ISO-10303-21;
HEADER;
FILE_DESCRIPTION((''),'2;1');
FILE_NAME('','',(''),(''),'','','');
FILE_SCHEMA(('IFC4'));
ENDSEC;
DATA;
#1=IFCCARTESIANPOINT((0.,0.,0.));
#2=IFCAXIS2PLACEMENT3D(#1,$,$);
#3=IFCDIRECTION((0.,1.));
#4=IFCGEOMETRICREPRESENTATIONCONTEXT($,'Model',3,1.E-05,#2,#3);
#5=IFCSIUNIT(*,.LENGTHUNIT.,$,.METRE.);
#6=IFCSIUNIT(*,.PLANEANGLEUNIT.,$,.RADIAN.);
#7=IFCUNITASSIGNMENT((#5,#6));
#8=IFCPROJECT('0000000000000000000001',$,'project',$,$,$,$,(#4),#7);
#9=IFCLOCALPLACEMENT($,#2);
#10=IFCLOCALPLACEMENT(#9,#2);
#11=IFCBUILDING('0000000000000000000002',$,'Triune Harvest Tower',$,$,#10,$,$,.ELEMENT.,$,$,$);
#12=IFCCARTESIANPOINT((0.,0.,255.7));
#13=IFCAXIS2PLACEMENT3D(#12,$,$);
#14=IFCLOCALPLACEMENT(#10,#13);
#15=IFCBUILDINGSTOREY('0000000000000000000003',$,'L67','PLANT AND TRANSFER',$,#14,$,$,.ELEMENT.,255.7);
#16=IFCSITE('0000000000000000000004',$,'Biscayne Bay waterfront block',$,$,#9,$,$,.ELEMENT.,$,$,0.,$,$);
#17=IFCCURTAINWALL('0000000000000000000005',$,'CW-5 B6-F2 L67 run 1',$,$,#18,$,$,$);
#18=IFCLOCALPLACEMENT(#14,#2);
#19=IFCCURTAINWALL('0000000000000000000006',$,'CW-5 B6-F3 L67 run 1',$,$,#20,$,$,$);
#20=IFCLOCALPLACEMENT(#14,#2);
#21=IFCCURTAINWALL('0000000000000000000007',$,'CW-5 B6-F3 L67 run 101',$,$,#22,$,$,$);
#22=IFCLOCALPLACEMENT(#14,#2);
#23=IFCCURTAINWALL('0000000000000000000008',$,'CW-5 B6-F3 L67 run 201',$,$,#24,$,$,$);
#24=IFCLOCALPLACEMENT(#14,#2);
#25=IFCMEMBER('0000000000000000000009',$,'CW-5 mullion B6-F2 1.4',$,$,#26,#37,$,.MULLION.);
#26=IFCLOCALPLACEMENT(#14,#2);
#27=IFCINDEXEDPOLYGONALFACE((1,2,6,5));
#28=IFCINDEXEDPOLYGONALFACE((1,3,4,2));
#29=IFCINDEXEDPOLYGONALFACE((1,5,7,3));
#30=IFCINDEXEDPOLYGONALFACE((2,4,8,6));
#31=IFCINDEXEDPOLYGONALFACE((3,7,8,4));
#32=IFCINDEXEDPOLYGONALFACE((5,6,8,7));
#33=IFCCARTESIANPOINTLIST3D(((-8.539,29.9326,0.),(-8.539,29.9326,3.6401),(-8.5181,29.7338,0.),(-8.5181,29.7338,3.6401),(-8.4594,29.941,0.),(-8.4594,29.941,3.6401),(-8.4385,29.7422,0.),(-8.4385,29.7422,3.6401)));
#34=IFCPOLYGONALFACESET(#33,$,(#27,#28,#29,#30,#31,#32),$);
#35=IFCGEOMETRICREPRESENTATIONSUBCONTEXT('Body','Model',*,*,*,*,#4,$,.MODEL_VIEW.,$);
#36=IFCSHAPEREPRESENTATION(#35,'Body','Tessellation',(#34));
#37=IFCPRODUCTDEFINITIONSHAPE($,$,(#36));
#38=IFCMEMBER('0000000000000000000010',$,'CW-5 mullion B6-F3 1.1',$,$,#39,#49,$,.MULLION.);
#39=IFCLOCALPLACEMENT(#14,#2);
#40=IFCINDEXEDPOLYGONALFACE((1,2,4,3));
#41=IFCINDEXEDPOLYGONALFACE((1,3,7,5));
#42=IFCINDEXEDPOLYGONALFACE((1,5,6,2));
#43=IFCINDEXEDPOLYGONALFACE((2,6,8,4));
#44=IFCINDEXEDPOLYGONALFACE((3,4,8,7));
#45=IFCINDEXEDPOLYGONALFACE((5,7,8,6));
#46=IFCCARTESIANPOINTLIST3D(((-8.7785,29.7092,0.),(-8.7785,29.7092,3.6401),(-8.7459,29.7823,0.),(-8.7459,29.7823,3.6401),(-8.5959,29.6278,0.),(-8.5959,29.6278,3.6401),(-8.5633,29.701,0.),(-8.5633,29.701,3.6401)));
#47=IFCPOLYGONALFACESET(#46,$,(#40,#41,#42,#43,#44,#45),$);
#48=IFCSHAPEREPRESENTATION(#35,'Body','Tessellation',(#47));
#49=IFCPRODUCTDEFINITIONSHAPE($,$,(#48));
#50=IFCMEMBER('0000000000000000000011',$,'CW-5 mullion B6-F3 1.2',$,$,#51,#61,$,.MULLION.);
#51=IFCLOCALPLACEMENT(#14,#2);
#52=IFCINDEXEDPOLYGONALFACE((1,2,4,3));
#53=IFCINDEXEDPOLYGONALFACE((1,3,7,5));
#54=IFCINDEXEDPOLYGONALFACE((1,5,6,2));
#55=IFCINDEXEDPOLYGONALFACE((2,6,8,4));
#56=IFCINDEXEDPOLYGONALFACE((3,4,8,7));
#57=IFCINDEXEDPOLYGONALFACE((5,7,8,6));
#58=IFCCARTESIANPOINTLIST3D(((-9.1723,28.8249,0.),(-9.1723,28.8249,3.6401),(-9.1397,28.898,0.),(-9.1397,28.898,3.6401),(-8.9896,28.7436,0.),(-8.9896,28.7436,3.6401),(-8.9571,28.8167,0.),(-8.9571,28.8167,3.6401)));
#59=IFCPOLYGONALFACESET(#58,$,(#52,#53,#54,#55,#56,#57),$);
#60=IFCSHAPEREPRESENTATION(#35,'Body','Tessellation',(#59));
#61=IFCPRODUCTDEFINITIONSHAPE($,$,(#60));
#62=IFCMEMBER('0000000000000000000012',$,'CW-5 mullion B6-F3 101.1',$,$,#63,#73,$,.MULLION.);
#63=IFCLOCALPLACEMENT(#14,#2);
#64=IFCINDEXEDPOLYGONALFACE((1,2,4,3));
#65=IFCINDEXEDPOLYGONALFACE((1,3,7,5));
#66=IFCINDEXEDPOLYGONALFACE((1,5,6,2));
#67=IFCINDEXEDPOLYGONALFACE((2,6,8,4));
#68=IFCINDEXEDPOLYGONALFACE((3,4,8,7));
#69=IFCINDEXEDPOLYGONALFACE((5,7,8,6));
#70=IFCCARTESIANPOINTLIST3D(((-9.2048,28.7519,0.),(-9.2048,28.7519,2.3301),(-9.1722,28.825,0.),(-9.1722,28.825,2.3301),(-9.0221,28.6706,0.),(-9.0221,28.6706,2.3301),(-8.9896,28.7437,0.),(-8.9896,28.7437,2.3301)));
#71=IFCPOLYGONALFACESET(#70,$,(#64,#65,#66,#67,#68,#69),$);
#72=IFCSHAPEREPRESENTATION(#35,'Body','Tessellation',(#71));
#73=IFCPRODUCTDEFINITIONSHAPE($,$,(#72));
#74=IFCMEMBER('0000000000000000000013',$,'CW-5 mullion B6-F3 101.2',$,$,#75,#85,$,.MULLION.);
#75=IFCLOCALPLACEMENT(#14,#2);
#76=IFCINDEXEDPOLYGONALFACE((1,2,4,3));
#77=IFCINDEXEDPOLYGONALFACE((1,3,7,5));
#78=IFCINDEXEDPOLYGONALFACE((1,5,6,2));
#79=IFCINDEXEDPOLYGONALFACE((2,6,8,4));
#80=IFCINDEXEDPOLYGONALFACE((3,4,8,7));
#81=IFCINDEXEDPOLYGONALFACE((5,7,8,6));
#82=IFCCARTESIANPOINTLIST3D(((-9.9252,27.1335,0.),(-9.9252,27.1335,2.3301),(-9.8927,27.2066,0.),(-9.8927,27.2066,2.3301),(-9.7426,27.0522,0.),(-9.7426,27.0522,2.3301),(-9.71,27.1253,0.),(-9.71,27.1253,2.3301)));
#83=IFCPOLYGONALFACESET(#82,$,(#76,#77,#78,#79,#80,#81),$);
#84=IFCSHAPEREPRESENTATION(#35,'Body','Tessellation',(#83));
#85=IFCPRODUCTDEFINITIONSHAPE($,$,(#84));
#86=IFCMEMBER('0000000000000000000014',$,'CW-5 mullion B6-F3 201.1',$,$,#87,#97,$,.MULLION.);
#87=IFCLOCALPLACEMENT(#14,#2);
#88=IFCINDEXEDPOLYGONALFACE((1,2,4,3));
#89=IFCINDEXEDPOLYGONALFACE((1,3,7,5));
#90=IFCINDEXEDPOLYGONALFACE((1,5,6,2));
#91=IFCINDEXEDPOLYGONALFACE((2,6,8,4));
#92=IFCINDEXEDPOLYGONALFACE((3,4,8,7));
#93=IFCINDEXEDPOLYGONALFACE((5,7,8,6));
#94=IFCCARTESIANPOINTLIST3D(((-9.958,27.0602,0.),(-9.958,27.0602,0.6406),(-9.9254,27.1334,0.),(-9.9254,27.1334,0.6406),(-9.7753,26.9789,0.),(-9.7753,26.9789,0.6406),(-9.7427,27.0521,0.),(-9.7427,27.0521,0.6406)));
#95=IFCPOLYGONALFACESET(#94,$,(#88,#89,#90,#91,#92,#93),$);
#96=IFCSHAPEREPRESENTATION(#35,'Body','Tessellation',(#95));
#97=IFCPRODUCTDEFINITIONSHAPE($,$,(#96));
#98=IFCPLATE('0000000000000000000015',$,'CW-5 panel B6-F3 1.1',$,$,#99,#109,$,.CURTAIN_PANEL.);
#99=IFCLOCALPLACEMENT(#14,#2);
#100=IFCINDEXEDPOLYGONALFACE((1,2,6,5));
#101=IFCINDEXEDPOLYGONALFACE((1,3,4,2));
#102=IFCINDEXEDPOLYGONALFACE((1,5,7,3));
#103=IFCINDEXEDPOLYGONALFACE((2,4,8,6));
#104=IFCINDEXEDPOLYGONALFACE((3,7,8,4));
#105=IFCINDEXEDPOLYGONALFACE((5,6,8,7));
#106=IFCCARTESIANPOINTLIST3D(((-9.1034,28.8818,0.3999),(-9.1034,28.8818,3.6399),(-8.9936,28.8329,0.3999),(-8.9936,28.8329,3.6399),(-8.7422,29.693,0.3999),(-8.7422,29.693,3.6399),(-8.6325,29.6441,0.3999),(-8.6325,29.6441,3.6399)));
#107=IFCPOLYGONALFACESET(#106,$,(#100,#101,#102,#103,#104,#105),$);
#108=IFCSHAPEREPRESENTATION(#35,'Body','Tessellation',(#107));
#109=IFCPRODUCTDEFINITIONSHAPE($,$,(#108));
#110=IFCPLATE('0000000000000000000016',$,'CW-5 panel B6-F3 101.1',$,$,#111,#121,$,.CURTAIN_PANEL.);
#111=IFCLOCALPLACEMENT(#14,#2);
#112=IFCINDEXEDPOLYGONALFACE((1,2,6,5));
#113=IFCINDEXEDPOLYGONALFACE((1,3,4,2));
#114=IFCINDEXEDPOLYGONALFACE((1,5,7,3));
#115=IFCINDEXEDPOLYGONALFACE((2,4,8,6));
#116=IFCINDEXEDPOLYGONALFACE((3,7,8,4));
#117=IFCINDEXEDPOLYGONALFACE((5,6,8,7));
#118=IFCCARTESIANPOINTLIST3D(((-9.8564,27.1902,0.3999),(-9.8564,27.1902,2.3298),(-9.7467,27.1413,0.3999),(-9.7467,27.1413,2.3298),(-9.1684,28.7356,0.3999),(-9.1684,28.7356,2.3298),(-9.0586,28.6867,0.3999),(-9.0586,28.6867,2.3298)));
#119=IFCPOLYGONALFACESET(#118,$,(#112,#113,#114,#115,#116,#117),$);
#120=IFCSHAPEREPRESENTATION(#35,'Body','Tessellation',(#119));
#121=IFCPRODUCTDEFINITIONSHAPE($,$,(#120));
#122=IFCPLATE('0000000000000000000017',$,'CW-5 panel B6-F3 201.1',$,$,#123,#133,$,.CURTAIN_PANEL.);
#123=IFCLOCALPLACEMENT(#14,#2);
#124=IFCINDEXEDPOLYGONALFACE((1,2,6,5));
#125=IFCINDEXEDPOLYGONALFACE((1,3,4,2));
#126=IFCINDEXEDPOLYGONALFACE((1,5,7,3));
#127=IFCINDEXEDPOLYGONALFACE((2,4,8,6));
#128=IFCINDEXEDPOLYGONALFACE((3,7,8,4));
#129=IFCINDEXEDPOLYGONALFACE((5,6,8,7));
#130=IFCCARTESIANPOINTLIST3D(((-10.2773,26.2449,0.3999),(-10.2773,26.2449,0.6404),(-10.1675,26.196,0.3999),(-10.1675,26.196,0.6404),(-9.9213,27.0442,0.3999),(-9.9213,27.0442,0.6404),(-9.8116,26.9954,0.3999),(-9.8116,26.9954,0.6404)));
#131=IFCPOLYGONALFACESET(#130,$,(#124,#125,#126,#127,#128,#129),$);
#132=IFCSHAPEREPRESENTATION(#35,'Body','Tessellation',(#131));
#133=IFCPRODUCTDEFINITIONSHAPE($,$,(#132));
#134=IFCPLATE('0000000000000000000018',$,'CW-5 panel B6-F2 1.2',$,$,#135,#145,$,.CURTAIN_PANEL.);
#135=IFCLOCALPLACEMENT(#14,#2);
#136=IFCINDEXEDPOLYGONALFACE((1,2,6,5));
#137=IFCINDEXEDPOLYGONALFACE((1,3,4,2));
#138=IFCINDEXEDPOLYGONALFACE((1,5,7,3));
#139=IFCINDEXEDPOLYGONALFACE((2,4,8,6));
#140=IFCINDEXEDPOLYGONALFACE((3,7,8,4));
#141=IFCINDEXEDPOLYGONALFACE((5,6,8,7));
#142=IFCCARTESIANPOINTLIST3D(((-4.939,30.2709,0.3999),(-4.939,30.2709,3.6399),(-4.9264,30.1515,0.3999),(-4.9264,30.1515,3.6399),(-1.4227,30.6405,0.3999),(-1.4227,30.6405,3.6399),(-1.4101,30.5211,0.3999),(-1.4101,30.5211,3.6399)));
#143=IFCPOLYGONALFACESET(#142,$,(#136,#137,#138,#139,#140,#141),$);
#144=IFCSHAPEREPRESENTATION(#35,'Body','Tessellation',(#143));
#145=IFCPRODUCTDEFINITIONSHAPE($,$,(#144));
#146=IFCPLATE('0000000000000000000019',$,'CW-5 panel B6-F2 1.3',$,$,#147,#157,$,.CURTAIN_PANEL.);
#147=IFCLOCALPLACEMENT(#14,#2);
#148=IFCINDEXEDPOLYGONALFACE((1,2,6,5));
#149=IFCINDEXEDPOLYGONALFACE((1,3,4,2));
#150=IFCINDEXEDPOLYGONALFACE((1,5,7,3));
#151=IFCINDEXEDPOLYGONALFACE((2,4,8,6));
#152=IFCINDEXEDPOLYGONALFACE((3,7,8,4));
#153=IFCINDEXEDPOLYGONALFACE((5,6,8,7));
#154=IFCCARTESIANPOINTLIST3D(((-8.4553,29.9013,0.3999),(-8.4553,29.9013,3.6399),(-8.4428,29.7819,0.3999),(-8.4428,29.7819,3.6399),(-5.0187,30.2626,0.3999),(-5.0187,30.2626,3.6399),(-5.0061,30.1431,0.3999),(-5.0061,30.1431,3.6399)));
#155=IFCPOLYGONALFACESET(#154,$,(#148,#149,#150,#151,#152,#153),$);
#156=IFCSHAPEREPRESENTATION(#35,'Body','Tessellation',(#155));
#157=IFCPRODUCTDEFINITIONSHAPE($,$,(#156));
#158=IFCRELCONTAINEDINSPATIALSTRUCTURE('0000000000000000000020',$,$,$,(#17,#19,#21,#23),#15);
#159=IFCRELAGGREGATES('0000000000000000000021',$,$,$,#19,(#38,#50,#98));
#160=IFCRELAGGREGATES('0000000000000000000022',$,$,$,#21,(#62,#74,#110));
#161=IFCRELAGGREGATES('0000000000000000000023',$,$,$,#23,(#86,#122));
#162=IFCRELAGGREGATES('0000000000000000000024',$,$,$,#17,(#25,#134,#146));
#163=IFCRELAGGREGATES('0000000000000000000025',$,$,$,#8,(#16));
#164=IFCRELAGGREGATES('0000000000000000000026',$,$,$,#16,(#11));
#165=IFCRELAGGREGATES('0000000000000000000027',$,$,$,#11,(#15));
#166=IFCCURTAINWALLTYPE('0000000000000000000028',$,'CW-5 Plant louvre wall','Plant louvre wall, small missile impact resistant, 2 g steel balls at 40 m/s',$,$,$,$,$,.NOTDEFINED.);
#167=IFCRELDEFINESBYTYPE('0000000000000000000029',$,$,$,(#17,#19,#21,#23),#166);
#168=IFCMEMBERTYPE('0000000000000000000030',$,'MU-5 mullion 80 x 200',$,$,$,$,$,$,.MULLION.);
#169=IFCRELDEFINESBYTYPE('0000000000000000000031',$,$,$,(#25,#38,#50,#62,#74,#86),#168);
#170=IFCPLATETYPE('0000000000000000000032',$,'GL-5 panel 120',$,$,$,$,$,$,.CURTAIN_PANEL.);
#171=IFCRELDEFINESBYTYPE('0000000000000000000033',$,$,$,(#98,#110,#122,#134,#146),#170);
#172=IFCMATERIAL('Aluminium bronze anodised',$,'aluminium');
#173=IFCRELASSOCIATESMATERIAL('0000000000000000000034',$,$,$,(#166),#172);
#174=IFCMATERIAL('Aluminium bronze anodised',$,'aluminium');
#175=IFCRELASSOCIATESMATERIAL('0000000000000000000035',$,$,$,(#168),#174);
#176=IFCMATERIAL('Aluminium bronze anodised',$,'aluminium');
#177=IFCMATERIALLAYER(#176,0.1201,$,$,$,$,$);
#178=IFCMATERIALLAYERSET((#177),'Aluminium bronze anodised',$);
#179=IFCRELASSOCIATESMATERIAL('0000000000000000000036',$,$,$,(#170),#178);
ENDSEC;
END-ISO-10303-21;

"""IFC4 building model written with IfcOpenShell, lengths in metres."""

from ifc_helpers import new_model, si_unit, direction, frame, origin, origin_2d, place, context, subcontext, project, spatial, rectangle, extrude, source, transform, mapped, material, layer, layer_set, material_profile, profile_set, type_object, element, aggregate, save


model = new_model("IFC4")

# Units and contexts
model_context = context("Model", 3, precision=1e-05, world=origin(), true_north=direction((0.0, 1.0)))
body_context = subcontext(model_context, "Body", "Model", "MODEL_VIEW")
ifc_project = project(units=[si_unit("LENGTHUNIT", "METRE"), si_unit("PLANEANGLEUNIT", "RADIAN")], contexts=[model_context])

# Site, building, storey
site_placement = place(None, origin())
site = spatial("IfcSite", under=ifc_project, at=site_placement, Name="Biscayne Bay waterfront block", CompositionType="ELEMENT", RefElevation=0.0)
building_placement = place(site_placement, origin())
building = spatial("IfcBuilding", under=site, at=building_placement, Name="Triune Harvest Tower", CompositionType="ELEMENT")
storey_placement = place(building_placement, frame((0.0, 0.0, 255.7)))
storey = spatial("IfcBuildingStorey", under=building, at=storey_placement, Name="L67", Description="PLANT AND TRANSFER", CompositionType="ELEMENT", Elevation=255.7)

# Curtain walls
ifc_material_1 = material(Name="Aluminium bronze anodised", Category="aluminium")
curtain_wall_type = type_object("IfcCurtainWallType", Name="CW-5 Plant louvre wall", Description="Plant louvre wall, small missile impact resistant, 2 g steel balls at 40 m/s", PredefinedType="NOTDEFINED", material=ifc_material_1)
curtain_wall_1_placement = place(storey_placement, origin())
curtain_wall_1 = element("IfcCurtainWall", 1, at=curtain_wall_1_placement, inside=storey, type_object=curtain_wall_type, Name="CW-5 B6-F2 L67 run 1")
curtain_wall_2_placement = place(storey_placement, origin())
curtain_wall_2 = element("IfcCurtainWall", 2, at=curtain_wall_2_placement, inside=storey, type_object=curtain_wall_type, Name="CW-5 B6-F3 L67 run 1")
curtain_wall_3_placement = place(storey_placement, origin())
curtain_wall_3 = element("IfcCurtainWall", 3, at=curtain_wall_3_placement, inside=storey, type_object=curtain_wall_type, Name="CW-5 B6-F3 L67 run 101")
curtain_wall_4_placement = place(storey_placement, origin())
curtain_wall_4 = element("IfcCurtainWall", 4, at=curtain_wall_4_placement, inside=storey, type_object=curtain_wall_type, Name="CW-5 B6-F3 L67 run 201")

# Members
ifc_material_2 = material(Name="Aluminium bronze anodised", Category="aluminium")
ifc_material_profile_1 = material_profile(ifc_material_2, rectangle(XDim=0.2, YDim=0.0801, at=origin_2d()), Name="MU-5 mullion 80 x 200")
ifc_profile_set_1 = profile_set([ifc_material_profile_1], Name="Aluminium bronze anodised")
member_type_1 = type_object("IfcMemberType", Name="MU-5 mullion 80 x 200", PredefinedType="MULLION", material=ifc_profile_set_1)
shared_shape_1 = source(origin(), body_context, "Body", "SweptSolid", [
    extrude(rectangle(XDim=0.2, YDim=0.0801, at=origin_2d()), origin(), (0.0, 0.0, 1.0), 3.6401),
])
member_1_placement = place(storey_placement, frame((-8.4888, 29.8374, 0.0), z_axis=(0.0, 0.0, 1.0), x_axis=(0.10453, -0.994522, 0.0)))
member_1 = element("IfcMember", 5, at=member_1_placement, type_object=member_type_1, Name="CW-5 mullion B6-F2 1.4", PredefinedType="MULLION", context=body_context, shape_type="MappedRepresentation", body=[
    mapped(shared_shape_1, transform((0.0, 0.0, 0.0), scale=1.0)),
])
member_2_placement = place(storey_placement, frame((-8.6709, 29.7051, 0.0), z_axis=(0.0, 0.0, 1.0), x_axis=(0.913552, -0.406723, 0.0)))
member_2 = element("IfcMember", 6, at=member_2_placement, type_object=member_type_1, Name="CW-5 mullion B6-F3 1.1", PredefinedType="MULLION", context=body_context, shape_type="MappedRepresentation", body=[
    mapped(shared_shape_1, transform((0.0, 0.0, 0.0), scale=1.0)),
])
member_3_placement = place(storey_placement, frame((-9.0647, 28.8208, 0.0), z_axis=(0.0, 0.0, 1.0), x_axis=(0.913552, -0.406723, 0.0)))
member_3 = element("IfcMember", 7, at=member_3_placement, type_object=member_type_1, Name="CW-5 mullion B6-F3 1.2", PredefinedType="MULLION", context=body_context, shape_type="MappedRepresentation", body=[
    mapped(shared_shape_1, transform((0.0, 0.0, 0.0), scale=1.0)),
])
shared_shape_2 = source(origin(), body_context, "Body", "SweptSolid", [
    extrude(rectangle(XDim=0.2, YDim=0.0801, at=origin_2d()), origin(), (0.0, 0.0, 1.0), 2.3301),
])
member_4_placement = place(storey_placement, frame((-9.0972, 28.7478, 0.0), z_axis=(0.0, 0.0, 1.0), x_axis=(0.913546, -0.406735, 0.0)))
member_4 = element("IfcMember", 8, at=member_4_placement, type_object=member_type_1, Name="CW-5 mullion B6-F3 101.1", PredefinedType="MULLION", context=body_context, shape_type="MappedRepresentation", body=[
    mapped(shared_shape_2, transform((0.0, 0.0, 0.0), scale=1.0)),
])
member_5_placement = place(storey_placement, frame((-9.8176, 27.1294, 0.0), z_axis=(0.0, 0.0, 1.0), x_axis=(0.913546, -0.406735, 0.0)))
member_5 = element("IfcMember", 9, at=member_5_placement, type_object=member_type_1, Name="CW-5 mullion B6-F3 101.2", PredefinedType="MULLION", context=body_context, shape_type="MappedRepresentation", body=[
    mapped(shared_shape_2, transform((0.0, 0.0, 0.0), scale=1.0)),
])
shared_shape_3 = source(origin(), body_context, "Body", "SweptSolid", [
    extrude(rectangle(XDim=0.2, YDim=0.0801, at=origin_2d()), origin(), (0.0, 0.0, 1.0), 0.6406),
])
member_6_placement = place(storey_placement, frame((-9.8503, 27.0562, 0.0), z_axis=(0.0, 0.0, 1.0), x_axis=(0.913532, -0.406766, 0.0)))
member_6 = element("IfcMember", 10, at=member_6_placement, type_object=member_type_1, Name="CW-5 mullion B6-F3 201.1", PredefinedType="MULLION", context=body_context, shape_type="MappedRepresentation", body=[
    mapped(shared_shape_3, transform((0.0, 0.0, 0.0), scale=1.0)),
])

# Plates
ifc_material_3 = material(Name="Aluminium bronze anodised", Category="aluminium")
ifc_layer_1 = layer(ifc_material_3, 0.1201)
ifc_layer_set_1 = layer_set([ifc_layer_1], Name="Aluminium bronze anodised")
plate_type = type_object("IfcPlateType", Name="GL-5 panel 120", PredefinedType="CURTAIN_PANEL", material=ifc_layer_set_1)
plate_1_placement = place(storey_placement, frame((-8.8679, 29.2629, 0.3999), z_axis=(0.0, 0.0, 1.0), x_axis=(-0.406723, -0.913552, 0.0)))
plate_1 = element("IfcPlate", 11, at=plate_1_placement, type_object=plate_type, Name="CW-5 panel B6-F3 1.1", PredefinedType="CURTAIN_PANEL", context=body_context, shape_type="SweptSolid", body=[
    extrude(rectangle(XDim=0.8879, YDim=0.1201, at=origin_2d()), origin(), (0.0, 0.0, 1.0), 3.24),
])
aggregate(curtain_wall_2, [member_2, member_3, plate_1])
plate_2_placement = place(storey_placement, frame((-9.4575, 27.9385, 0.3999), z_axis=(0.0, 0.0, 1.0), x_axis=(-0.406735, -0.913546, 0.0)))
plate_2 = element("IfcPlate", 12, at=plate_2_placement, type_object=plate_type, Name="CW-5 panel B6-F3 101.1", PredefinedType="CURTAIN_PANEL", context=body_context, shape_type="SweptSolid", body=[
    extrude(rectangle(XDim=1.6917, YDim=0.1201, at=origin_2d()), origin(), (0.0, 0.0, 1.0), 1.9299),
])
aggregate(curtain_wall_3, [member_4, member_5, plate_2])
plate_3_placement = place(storey_placement, frame((-10.0444, 26.6201, 0.3999), z_axis=(0.0, 0.0, 1.0), x_axis=(-0.406766, -0.913532, 0.0)))
plate_3 = element("IfcPlate", 13, at=plate_3_placement, type_object=plate_type, Name="CW-5 panel B6-F3 201.1", PredefinedType="CURTAIN_PANEL", context=body_context, shape_type="SweptSolid", body=[
    extrude(rectangle(XDim=0.875, YDim=0.1201, at=origin_2d()), origin(), (0.0, 0.0, 1.0), 0.2405),
])
aggregate(curtain_wall_4, [member_6, plate_3])
shared_shape_4 = source(origin(), body_context, "Body", "SweptSolid", [
    extrude(rectangle(XDim=3.5356, YDim=0.1201, at=origin_2d()), origin(), (0.0, 0.0, 1.0), 3.24),
])
plate_4_placement = place(storey_placement, frame((-3.1746, 30.396, 0.3999), z_axis=(0.0, 0.0, 1.0), x_axis=(-0.994522, -0.10453, 0.0)))
plate_4 = element("IfcPlate", 14, at=plate_4_placement, type_object=plate_type, Name="CW-5 panel B6-F2 1.2", PredefinedType="CURTAIN_PANEL", context=body_context, shape_type="MappedRepresentation", body=[
    mapped(shared_shape_4, transform((0.0, 0.0, 0.0), scale=1.0)),
])
shared_shape_5 = source(origin(), body_context, "Body", "SweptSolid", [
    extrude(rectangle(XDim=3.4556, YDim=0.1201, at=origin_2d()), origin(), (0.0, 0.0, 1.0), 3.24),
])
plate_5_placement = place(storey_placement, frame((-6.7307, 30.0222, 0.3999), z_axis=(0.0, 0.0, 1.0), x_axis=(-0.994522, -0.10453, 0.0)))
plate_5 = element("IfcPlate", 15, at=plate_5_placement, type_object=plate_type, Name="CW-5 panel B6-F2 1.3", PredefinedType="CURTAIN_PANEL", context=body_context, shape_type="MappedRepresentation", body=[
    mapped(shared_shape_5, transform((0.0, 0.0, 0.0), scale=1.0)),
])
aggregate(curtain_wall_1, [member_1, plate_4, plate_5])

save(model, "model.ifc")
